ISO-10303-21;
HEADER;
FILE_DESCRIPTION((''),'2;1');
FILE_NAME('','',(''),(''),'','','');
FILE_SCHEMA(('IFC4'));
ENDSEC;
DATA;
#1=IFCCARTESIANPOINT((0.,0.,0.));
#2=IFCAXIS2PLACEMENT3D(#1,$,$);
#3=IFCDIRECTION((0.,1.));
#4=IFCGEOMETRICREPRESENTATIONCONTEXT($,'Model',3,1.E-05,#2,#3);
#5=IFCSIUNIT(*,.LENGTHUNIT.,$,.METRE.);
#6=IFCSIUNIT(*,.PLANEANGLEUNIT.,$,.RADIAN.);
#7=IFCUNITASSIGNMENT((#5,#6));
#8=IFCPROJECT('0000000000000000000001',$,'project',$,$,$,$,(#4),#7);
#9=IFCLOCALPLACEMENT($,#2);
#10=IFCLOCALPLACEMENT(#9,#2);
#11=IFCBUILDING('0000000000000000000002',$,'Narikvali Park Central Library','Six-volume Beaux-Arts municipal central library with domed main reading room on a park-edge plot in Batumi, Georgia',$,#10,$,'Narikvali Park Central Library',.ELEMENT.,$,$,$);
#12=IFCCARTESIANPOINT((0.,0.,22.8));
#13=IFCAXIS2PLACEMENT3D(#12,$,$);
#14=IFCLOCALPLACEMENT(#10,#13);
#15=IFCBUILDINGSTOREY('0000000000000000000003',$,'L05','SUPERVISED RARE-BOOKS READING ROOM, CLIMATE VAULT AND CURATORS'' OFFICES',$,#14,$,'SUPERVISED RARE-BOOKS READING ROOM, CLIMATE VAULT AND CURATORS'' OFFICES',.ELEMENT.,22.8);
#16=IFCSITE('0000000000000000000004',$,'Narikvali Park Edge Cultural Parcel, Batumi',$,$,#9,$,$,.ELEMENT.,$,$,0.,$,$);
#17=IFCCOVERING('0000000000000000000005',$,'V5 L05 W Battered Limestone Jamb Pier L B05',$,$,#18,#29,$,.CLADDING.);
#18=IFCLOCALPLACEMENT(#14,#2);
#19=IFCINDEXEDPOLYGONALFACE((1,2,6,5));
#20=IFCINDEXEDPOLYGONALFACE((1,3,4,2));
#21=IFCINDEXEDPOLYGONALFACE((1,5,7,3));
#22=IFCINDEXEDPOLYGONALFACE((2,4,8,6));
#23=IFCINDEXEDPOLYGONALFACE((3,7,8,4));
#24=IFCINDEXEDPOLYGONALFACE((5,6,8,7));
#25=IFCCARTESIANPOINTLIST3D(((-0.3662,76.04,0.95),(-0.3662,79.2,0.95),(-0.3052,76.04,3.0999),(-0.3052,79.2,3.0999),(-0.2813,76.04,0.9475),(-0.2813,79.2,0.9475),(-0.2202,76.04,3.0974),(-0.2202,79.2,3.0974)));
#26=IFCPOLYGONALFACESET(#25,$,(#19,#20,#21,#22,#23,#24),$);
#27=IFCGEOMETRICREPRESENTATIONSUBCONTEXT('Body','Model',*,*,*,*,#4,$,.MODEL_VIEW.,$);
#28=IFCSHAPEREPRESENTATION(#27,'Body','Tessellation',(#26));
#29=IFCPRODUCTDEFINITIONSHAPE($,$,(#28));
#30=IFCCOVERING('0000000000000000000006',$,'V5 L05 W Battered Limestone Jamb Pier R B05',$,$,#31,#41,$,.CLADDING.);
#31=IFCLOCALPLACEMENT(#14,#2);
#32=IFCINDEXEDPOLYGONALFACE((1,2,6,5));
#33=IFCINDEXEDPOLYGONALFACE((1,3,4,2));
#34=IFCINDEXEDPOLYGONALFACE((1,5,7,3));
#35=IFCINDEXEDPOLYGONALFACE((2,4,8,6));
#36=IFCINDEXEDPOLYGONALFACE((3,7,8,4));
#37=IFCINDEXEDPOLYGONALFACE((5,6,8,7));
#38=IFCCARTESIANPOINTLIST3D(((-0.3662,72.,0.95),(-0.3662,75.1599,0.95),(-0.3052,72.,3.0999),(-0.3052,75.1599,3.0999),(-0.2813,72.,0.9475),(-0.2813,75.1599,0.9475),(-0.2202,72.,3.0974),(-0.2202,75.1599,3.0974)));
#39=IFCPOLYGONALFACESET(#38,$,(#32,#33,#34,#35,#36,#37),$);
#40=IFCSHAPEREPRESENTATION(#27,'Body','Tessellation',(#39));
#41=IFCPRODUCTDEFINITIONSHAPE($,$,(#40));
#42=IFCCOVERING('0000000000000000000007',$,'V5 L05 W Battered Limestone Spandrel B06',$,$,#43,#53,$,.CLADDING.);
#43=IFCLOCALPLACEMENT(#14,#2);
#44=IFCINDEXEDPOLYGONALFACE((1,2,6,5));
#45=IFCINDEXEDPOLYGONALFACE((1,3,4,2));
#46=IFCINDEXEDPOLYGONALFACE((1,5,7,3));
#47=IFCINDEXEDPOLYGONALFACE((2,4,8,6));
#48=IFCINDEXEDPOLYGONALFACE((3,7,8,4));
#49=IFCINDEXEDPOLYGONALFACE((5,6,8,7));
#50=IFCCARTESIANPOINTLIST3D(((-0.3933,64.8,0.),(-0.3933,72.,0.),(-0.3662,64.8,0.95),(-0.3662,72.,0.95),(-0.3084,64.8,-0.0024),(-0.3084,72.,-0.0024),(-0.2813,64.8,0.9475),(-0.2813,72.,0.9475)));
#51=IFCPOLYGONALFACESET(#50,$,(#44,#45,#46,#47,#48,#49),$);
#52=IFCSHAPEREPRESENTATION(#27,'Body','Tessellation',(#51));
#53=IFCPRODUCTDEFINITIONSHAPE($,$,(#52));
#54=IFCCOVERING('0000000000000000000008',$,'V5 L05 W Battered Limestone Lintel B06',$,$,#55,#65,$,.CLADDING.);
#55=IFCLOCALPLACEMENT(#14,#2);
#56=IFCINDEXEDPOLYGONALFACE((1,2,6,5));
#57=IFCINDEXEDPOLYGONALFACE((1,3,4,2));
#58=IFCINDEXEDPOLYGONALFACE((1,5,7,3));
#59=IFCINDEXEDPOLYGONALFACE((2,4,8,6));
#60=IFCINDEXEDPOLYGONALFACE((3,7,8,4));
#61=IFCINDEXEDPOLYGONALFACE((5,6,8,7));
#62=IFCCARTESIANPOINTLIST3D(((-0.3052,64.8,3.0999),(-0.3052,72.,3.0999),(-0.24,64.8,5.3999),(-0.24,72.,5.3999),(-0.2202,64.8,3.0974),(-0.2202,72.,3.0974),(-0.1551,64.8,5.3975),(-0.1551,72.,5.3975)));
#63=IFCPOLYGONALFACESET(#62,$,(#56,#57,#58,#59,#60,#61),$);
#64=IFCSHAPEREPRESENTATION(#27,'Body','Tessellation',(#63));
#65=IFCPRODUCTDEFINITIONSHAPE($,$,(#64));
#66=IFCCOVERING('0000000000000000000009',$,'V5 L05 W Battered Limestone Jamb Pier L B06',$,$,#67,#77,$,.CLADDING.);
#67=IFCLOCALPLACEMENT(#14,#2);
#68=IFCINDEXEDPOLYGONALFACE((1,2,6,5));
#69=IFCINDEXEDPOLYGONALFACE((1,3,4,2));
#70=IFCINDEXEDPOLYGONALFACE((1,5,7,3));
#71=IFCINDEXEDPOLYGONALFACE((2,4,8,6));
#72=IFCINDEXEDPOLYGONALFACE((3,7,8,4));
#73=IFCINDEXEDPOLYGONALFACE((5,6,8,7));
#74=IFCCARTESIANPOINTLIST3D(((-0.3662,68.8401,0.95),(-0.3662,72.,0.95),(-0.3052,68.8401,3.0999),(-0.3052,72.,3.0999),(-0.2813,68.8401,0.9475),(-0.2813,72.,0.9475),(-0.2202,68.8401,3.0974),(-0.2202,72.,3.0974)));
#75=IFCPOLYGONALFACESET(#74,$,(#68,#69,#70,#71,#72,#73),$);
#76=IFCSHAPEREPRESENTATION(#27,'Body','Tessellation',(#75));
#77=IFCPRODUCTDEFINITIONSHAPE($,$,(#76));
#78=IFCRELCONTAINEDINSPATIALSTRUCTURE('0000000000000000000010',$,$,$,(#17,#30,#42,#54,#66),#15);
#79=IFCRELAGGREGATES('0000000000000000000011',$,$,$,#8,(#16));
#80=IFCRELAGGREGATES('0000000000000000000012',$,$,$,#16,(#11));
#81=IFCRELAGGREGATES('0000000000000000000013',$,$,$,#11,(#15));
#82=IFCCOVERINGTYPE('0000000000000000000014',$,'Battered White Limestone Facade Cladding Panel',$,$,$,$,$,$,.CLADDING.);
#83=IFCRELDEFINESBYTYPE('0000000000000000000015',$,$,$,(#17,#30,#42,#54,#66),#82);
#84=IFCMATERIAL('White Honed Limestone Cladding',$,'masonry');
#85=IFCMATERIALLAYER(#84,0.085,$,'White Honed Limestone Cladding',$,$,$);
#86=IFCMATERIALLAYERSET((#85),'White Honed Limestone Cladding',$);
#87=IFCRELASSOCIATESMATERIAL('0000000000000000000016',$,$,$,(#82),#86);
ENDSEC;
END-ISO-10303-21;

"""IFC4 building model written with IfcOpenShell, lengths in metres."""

from ifc_helpers import new_model, si_unit, direction, frame, origin, place, context, subcontext, project, spatial, polyline, outline, extrude, material, layer, layer_set, type_object, element, save


model = new_model("IFC4")

# Units and contexts
model_context = context("Model", 3, precision=1e-05, world=origin(), true_north=direction((0.0, 1.0)))
body_context = subcontext(model_context, "Body", "Model", "MODEL_VIEW")
ifc_project = project(units=[si_unit("LENGTHUNIT", "METRE"), si_unit("PLANEANGLEUNIT", "RADIAN")], contexts=[model_context])

# Site, building, storey
site_placement = place(None, origin())
site = spatial("IfcSite", under=ifc_project, at=site_placement, Name="Narikvali Park Edge Cultural Parcel, Batumi", CompositionType="ELEMENT", RefElevation=0.0)
building_placement = place(site_placement, origin())
building = spatial("IfcBuilding", under=site, at=building_placement, Name="Narikvali Park Central Library", Description="Six-volume Beaux-Arts municipal central library with domed main reading room on a park-edge plot in Batumi, Georgia", LongName="Narikvali Park Central Library", CompositionType="ELEMENT")
storey_placement = place(building_placement, frame((0.0, 0.0, 22.8)))
storey = spatial("IfcBuildingStorey", under=building, at=storey_placement, Name="L05", Description="SUPERVISED RARE-BOOKS READING ROOM, CLIMATE VAULT AND CURATORS' OFFICES", LongName="SUPERVISED RARE-BOOKS READING ROOM, CLIMATE VAULT AND CURATORS' OFFICES", CompositionType="ELEMENT", Elevation=22.8)

# Coverings
ifc_material_1 = material(Name="White Honed Limestone Cladding", Category="masonry")
ifc_layer_1 = layer(ifc_material_1, 0.085, Name="White Honed Limestone Cladding")
ifc_layer_set_1 = layer_set([ifc_layer_1], Name="White Honed Limestone Cladding")
covering_type = type_object("IfcCoveringType", Name="Battered White Limestone Facade Cladding Panel", PredefinedType="CLADDING", material=ifc_layer_set_1)
for number, where, z_axis, x_axis, name in (
    (1, (-0.3662, 79.2, 0.95), (-0.999597, 0.0, 0.028378), (0.0, -1.0, 0.0), "V5 L05 W Battered Limestone Jamb Pier L B05"),
    (2, (-0.3662, 75.1599, 0.95), (-0.999597, 0.0, 0.028378), (0.0, -1.0, 0.0), "V5 L05 W Battered Limestone Jamb Pier R B05"),
):
    element("IfcCovering", number, at=place(storey_placement, frame(where, z_axis=z_axis, x_axis=x_axis)), inside=storey, type_object=covering_type, Name=name, PredefinedType="CLADDING", context=body_context, shape_type="SweptSolid", body=[
        extrude(outline(polyline([(0.0, 0.0), (3.1599, 0.0), (3.1599, 2.1508), (0.0, 2.1508), (0.0, 0.0)])), origin(), (0.0, 0.0, -1.0), 0.085),
    ])
covering_1_placement = place(storey_placement, frame((-0.3933, 72.0, 0.0), z_axis=(-0.999593, 0.0, 0.028516), x_axis=(0.0, -1.0, 0.0)))
element("IfcCovering", 3, at=covering_1_placement, inside=storey, type_object=covering_type, Name="V5 L05 W Battered Limestone Spandrel B06", PredefinedType="CLADDING", context=body_context, shape_type="SweptSolid", body=[
    extrude(outline(polyline([(0.0, 0.0), (7.2, 0.0), (7.2, 0.9503), (0.0, 0.9503), (0.0, 0.0)])), origin(), (0.0, 0.0, -1.0), 0.085),
])
covering_2_placement = place(storey_placement, frame((-0.3052, 72.0, 3.0999), z_axis=(-0.999599, 0.0, 0.02833), x_axis=(0.0, -1.0, 0.0)))
element("IfcCovering", 4, at=covering_2_placement, inside=storey, type_object=covering_type, Name="V5 L05 W Battered Limestone Lintel B06", PredefinedType="CLADDING", context=body_context, shape_type="SweptSolid", body=[
    extrude(outline(polyline([(0.0, 0.0), (7.2, 0.0), (7.2, 2.301), (0.0, 2.301), (0.0, 0.0)])), origin(), (0.0, 0.0, -1.0), 0.085),
])
covering_3_placement = place(storey_placement, frame((-0.3662, 72.0, 0.95), z_axis=(-0.999597, 0.0, 0.028378), x_axis=(0.0, -1.0, 0.0)))
element("IfcCovering", 5, at=covering_3_placement, inside=storey, type_object=covering_type, Name="V5 L05 W Battered Limestone Jamb Pier L B06", PredefinedType="CLADDING", context=body_context, shape_type="SweptSolid", body=[
    extrude(outline(polyline([(0.0, 0.0), (3.1599, 0.0), (3.1599, 2.1508), (0.0, 2.1508), (0.0, 0.0)])), origin(), (0.0, 0.0, -1.0), 0.085),
])

save(model, "model.ifc")
